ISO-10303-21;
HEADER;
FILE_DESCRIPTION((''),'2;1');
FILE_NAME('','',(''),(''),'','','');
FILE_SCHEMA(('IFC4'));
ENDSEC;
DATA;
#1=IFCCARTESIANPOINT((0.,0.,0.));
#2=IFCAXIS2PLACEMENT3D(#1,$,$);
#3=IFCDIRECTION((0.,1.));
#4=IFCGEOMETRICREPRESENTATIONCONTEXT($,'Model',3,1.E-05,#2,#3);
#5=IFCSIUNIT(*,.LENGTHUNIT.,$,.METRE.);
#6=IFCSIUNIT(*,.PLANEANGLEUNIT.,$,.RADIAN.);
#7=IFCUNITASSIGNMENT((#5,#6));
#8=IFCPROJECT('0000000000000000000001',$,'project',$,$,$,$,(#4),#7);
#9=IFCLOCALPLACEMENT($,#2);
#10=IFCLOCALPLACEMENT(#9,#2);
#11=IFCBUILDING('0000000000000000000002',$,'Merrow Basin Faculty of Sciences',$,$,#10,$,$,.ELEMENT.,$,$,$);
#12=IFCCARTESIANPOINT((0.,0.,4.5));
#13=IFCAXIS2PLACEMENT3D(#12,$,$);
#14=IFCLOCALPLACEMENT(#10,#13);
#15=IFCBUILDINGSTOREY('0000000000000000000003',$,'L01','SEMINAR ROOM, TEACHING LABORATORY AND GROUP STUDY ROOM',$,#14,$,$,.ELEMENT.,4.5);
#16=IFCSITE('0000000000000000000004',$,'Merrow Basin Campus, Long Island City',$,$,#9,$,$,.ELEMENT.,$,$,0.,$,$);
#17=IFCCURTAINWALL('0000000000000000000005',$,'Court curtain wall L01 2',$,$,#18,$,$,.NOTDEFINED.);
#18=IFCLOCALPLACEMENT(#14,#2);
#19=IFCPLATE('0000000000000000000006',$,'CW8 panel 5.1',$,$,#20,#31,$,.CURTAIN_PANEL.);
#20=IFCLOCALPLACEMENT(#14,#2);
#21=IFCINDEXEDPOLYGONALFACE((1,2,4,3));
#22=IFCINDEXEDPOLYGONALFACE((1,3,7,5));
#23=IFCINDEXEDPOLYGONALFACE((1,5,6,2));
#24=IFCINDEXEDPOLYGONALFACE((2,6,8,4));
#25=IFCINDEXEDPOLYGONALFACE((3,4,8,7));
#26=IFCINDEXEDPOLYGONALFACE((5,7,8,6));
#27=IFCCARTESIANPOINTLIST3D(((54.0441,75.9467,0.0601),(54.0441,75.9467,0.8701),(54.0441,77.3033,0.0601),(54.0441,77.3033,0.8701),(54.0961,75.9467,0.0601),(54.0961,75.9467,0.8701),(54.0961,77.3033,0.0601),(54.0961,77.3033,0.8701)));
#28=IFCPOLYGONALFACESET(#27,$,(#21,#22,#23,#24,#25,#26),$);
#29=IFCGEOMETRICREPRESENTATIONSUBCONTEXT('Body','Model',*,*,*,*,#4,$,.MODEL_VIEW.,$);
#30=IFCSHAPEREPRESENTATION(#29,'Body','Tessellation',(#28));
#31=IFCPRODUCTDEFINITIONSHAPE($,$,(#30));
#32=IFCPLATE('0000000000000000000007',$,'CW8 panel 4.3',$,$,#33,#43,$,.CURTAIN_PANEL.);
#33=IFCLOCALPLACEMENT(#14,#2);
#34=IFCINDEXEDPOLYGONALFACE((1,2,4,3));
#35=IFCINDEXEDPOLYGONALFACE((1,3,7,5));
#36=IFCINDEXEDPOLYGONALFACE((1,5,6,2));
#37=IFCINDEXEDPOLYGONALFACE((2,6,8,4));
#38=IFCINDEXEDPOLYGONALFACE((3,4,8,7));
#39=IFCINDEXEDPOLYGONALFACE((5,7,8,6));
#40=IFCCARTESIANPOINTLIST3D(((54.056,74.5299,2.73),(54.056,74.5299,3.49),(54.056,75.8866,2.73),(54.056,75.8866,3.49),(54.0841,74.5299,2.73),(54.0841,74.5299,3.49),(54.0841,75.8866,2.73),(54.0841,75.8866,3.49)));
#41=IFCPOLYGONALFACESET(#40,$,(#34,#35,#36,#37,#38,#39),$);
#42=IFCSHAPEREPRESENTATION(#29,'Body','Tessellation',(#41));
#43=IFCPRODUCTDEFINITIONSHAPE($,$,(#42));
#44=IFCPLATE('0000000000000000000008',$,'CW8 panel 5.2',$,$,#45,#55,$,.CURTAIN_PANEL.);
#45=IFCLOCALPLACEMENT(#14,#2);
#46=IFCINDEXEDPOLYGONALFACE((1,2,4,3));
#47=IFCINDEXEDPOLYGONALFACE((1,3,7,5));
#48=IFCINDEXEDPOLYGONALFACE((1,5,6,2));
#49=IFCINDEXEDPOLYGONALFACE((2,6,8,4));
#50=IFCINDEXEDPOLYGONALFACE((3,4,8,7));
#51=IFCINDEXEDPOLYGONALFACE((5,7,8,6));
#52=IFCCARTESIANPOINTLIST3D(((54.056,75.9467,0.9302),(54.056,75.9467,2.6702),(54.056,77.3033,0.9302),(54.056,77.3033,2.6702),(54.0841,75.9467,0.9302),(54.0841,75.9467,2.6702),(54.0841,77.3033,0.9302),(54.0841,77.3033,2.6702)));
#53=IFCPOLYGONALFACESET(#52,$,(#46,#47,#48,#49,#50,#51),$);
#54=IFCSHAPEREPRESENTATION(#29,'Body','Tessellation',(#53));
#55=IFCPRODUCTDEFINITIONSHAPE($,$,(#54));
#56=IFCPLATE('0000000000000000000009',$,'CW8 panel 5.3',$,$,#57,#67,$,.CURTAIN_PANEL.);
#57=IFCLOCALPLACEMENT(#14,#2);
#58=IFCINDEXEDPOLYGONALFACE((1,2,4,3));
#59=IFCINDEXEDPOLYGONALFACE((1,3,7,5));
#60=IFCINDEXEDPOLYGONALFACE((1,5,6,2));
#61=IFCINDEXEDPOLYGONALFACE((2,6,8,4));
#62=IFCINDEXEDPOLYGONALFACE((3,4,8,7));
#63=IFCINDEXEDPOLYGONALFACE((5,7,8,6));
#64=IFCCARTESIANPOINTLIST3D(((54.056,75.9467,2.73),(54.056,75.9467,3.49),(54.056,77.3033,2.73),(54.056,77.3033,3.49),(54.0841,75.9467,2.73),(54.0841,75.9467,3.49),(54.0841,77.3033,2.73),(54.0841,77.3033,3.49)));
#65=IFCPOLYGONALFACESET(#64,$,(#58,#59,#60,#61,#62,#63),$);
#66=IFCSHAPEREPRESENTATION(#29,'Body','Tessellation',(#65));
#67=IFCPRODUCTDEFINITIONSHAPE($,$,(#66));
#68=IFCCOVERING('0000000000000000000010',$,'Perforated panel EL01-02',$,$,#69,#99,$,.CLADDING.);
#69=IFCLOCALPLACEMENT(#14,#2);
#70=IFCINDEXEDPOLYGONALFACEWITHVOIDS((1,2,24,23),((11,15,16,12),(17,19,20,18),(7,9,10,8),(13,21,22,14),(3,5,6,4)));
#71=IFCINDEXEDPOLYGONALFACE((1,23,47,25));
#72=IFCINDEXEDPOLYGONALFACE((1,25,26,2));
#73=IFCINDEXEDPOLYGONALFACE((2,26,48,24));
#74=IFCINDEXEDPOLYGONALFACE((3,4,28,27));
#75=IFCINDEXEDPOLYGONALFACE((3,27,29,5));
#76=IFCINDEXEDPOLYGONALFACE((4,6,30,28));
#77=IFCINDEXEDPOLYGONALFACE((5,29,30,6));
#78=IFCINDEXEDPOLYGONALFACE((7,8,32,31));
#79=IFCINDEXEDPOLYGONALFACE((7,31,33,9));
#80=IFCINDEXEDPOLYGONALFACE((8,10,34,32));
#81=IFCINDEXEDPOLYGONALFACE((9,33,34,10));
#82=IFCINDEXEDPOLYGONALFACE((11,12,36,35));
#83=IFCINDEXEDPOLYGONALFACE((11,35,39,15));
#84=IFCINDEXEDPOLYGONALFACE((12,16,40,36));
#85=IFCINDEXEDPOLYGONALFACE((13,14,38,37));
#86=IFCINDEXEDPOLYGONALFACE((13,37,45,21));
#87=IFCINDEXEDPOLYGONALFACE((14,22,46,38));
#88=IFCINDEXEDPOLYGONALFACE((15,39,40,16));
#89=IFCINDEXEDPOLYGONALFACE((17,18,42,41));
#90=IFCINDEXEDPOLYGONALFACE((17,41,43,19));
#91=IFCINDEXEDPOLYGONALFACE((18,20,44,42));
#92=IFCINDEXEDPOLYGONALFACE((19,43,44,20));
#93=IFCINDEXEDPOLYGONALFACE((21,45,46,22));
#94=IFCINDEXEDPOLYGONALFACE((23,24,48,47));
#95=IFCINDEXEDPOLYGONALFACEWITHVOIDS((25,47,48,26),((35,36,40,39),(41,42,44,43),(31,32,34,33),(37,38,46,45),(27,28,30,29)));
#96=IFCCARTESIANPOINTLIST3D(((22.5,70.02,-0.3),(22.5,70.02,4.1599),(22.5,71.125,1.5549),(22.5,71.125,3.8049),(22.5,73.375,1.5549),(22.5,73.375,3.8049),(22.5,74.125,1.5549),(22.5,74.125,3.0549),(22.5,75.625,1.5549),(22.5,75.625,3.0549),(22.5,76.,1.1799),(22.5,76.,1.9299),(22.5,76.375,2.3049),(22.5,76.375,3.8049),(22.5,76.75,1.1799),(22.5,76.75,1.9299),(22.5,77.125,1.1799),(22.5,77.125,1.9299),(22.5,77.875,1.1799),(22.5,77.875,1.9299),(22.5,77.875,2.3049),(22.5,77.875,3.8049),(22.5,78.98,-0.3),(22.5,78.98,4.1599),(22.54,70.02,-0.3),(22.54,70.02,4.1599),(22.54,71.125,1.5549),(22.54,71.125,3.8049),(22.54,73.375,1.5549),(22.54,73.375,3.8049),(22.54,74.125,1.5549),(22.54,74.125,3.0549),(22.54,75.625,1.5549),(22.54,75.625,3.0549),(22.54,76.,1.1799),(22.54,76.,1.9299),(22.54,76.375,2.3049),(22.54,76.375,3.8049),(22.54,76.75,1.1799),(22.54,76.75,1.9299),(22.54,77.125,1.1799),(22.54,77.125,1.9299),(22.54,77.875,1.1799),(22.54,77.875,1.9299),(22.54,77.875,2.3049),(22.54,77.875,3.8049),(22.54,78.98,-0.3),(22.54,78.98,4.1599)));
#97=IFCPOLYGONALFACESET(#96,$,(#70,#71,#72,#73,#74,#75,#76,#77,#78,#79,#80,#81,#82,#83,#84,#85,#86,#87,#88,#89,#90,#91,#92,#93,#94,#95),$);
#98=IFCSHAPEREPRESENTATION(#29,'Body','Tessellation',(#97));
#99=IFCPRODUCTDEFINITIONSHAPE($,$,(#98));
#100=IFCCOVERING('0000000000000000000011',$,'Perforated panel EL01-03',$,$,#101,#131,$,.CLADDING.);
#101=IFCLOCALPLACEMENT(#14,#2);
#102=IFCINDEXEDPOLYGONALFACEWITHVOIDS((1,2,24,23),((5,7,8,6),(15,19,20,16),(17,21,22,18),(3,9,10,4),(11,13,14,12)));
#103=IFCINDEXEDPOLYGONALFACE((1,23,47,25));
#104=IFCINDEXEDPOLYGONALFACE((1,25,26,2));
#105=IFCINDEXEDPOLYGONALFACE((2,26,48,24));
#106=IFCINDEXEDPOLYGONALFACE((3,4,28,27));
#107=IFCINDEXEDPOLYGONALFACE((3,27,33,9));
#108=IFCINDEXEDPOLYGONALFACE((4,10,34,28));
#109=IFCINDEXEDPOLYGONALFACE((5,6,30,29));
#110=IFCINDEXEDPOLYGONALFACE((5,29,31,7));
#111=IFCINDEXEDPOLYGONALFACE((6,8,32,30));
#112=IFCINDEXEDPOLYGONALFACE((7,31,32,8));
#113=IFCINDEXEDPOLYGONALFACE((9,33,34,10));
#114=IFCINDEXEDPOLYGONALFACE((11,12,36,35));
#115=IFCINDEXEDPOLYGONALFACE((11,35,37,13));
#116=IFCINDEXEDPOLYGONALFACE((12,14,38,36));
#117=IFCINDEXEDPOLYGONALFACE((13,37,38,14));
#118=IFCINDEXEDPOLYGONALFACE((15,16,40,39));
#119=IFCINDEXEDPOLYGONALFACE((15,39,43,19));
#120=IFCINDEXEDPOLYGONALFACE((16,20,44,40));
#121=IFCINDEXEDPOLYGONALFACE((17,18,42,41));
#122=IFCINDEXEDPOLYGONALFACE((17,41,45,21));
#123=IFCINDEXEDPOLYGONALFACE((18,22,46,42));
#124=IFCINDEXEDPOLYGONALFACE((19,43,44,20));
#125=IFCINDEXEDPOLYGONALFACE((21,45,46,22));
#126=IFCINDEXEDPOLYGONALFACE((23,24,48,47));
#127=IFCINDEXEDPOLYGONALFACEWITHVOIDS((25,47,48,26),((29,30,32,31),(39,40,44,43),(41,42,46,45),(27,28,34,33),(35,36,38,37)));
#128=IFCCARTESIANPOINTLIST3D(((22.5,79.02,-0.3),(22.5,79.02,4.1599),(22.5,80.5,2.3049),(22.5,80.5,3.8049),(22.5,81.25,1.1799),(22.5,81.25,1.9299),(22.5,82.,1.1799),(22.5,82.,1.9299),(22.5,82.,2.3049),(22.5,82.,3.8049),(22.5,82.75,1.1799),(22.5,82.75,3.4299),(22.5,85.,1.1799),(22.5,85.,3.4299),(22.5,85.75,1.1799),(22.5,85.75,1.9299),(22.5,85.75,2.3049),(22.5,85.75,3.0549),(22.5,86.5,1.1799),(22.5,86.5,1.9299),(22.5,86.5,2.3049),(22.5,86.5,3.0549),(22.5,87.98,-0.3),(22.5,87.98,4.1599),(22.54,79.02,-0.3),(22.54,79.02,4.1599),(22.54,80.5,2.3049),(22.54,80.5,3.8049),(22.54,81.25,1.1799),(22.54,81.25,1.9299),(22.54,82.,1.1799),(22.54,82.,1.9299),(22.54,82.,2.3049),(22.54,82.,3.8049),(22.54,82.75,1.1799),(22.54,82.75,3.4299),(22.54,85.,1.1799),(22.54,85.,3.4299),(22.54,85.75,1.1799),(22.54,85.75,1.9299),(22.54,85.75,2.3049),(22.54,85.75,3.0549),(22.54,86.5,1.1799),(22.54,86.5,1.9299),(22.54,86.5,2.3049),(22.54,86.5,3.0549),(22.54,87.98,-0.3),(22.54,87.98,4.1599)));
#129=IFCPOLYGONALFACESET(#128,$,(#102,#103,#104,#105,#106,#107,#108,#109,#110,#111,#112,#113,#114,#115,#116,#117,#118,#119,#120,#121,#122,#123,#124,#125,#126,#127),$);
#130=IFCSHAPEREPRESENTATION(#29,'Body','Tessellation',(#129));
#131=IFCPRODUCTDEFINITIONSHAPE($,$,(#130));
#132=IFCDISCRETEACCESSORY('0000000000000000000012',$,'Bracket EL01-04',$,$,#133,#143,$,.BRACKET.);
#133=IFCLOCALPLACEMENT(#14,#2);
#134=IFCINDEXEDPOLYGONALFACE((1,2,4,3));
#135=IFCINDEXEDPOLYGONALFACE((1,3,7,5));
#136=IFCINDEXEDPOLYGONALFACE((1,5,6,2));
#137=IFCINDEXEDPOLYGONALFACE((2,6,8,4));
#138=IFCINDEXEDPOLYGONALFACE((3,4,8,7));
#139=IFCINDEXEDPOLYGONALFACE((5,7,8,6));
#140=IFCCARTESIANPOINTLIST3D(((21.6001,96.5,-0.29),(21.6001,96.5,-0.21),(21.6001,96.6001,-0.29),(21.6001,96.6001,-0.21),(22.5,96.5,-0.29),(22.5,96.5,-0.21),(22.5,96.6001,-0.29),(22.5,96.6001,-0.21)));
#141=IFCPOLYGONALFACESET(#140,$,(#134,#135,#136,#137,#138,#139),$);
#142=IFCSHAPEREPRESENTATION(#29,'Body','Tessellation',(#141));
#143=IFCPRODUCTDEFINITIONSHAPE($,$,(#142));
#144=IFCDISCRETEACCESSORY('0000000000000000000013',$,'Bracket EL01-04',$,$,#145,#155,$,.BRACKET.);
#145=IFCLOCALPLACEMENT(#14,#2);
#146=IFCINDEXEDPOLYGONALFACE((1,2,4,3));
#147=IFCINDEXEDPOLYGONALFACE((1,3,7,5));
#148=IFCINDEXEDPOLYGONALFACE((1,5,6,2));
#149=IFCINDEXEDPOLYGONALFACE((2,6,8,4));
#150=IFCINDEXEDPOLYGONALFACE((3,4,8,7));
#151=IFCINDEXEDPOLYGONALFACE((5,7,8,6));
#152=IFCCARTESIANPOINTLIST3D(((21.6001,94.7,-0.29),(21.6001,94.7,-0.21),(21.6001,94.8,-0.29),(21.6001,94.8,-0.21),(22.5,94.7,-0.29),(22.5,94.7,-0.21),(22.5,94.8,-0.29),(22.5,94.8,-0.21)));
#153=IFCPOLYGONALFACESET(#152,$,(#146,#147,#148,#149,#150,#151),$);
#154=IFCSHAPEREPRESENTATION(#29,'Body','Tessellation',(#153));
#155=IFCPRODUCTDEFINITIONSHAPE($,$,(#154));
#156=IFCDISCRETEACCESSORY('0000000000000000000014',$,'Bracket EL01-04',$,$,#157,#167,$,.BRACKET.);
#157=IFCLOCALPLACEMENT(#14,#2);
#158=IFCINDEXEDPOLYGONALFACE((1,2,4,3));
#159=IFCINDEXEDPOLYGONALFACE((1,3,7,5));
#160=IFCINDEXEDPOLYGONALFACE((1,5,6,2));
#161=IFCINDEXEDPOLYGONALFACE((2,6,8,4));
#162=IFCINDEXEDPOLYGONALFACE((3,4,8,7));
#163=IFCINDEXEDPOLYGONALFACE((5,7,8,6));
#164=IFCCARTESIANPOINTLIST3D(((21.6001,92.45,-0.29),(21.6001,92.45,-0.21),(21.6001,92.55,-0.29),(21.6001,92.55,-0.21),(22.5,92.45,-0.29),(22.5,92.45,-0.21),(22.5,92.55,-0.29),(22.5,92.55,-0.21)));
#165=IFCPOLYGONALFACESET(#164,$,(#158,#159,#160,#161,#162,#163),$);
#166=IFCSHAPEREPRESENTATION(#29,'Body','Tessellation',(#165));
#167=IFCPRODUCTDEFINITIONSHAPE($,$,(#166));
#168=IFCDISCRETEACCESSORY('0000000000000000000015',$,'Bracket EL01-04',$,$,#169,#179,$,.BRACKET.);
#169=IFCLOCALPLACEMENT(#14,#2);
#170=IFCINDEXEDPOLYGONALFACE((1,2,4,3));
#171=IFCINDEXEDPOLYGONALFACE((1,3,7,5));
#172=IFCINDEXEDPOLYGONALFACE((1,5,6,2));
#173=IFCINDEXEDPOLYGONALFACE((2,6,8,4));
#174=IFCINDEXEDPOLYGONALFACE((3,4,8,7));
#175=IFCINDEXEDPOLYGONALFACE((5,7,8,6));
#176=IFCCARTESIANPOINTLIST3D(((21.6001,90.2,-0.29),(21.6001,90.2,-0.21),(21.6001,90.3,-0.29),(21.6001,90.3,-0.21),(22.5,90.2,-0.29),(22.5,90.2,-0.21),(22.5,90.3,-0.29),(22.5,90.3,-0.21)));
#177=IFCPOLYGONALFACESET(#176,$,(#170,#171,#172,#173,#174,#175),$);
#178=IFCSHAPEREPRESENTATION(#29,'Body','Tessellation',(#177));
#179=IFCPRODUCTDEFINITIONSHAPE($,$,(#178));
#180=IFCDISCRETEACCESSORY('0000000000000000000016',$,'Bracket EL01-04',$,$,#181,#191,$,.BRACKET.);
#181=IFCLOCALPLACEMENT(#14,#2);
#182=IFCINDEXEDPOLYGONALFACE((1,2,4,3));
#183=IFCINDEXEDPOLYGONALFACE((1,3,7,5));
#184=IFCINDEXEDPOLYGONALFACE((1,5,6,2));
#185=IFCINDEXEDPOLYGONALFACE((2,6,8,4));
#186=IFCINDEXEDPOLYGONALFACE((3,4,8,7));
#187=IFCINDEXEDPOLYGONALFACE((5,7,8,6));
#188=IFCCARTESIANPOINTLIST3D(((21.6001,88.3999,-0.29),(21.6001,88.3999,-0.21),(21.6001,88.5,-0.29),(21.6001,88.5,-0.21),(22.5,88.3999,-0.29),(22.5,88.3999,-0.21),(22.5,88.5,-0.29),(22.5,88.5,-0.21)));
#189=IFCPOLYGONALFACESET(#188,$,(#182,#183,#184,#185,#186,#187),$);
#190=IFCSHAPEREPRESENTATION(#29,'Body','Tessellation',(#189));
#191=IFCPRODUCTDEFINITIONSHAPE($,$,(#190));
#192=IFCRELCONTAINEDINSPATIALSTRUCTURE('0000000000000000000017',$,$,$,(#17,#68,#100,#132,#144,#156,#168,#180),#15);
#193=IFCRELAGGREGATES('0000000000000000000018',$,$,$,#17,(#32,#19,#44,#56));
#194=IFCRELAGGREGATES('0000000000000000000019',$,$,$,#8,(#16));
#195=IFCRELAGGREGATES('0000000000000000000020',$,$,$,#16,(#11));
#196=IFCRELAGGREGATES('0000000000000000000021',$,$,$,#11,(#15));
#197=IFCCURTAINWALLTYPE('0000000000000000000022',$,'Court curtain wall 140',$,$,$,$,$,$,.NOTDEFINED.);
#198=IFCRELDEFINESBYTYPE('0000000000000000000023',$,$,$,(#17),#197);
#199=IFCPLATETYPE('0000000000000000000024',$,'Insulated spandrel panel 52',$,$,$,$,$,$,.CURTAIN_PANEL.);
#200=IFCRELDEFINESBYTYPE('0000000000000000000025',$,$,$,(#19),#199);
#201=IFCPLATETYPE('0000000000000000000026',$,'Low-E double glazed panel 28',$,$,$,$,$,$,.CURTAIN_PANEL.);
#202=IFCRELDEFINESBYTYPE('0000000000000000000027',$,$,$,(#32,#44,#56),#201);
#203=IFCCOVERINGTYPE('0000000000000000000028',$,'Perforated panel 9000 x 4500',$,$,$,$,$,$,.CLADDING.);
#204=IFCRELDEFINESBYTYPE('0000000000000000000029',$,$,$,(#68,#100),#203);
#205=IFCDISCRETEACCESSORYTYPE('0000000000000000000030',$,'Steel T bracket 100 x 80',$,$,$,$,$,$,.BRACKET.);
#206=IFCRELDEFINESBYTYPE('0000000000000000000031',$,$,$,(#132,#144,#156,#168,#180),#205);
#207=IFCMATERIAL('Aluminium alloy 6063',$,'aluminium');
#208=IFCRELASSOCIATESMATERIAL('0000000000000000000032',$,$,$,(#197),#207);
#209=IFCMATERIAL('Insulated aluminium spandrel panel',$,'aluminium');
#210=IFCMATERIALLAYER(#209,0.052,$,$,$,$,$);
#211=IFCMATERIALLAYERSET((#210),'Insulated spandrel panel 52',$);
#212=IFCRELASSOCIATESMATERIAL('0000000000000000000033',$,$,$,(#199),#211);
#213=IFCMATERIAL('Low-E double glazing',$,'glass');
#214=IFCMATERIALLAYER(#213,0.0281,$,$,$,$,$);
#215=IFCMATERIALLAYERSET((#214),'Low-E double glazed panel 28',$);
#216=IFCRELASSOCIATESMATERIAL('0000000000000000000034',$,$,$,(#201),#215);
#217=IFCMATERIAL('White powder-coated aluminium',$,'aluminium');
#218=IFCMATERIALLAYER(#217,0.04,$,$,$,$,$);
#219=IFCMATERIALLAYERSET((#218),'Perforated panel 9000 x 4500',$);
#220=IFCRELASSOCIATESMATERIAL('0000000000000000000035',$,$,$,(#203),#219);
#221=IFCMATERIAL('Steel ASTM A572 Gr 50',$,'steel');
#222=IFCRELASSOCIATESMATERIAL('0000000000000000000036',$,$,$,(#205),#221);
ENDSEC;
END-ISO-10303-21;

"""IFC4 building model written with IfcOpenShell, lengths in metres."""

from ifc_helpers import new_model, si_unit, direction, frame, origin, origin_2d, place, context, subcontext, project, spatial, polyline, rectangle, outline, extrude, source, transform, mapped, material, layer, layer_set, type_object, element, aggregate, save


model = new_model("IFC4")

# Units and contexts
model_context = context("Model", 3, precision=1e-05, world=origin(), true_north=direction((0.0, 1.0)))
body_context = subcontext(model_context, "Body", "Model", "MODEL_VIEW")
ifc_project = project(units=[si_unit("LENGTHUNIT", "METRE"), si_unit("PLANEANGLEUNIT", "RADIAN")], contexts=[model_context])

# Site, building, storey
site_placement = place(None, origin())
site = spatial("IfcSite", under=ifc_project, at=site_placement, Name="Merrow Basin Campus, Long Island City", CompositionType="ELEMENT", RefElevation=0.0)
building_placement = place(site_placement, origin())
building = spatial("IfcBuilding", under=site, at=building_placement, Name="Merrow Basin Faculty of Sciences", CompositionType="ELEMENT")
storey_placement = place(building_placement, frame((0.0, 0.0, 4.5)))
storey = spatial("IfcBuildingStorey", under=building, at=storey_placement, Name="L01", Description="SEMINAR ROOM, TEACHING LABORATORY AND GROUP STUDY ROOM", CompositionType="ELEMENT", Elevation=4.5)

# Curtain wall
ifc_material_1 = material(Name="Aluminium alloy 6063", Category="aluminium")
curtain_wall_type = type_object("IfcCurtainWallType", Name="Court curtain wall 140", PredefinedType="NOTDEFINED", material=ifc_material_1)
curtain_wall_placement = place(storey_placement, origin())
curtain_wall = element("IfcCurtainWall", 1, at=curtain_wall_placement, inside=storey, type_object=curtain_wall_type, Name="Court curtain wall L01 2", PredefinedType="NOTDEFINED")

# Plates
ifc_material_2 = material(Name="Insulated aluminium spandrel panel", Category="aluminium")
ifc_layer_1 = layer(ifc_material_2, 0.052)
ifc_layer_set_1 = layer_set([ifc_layer_1], Name="Insulated spandrel panel 52")
plate_type_1 = type_object("IfcPlateType", Name="Insulated spandrel panel 52", PredefinedType="CURTAIN_PANEL", material=ifc_layer_set_1)
plate_1_placement = place(storey_placement, frame((54.0701, 76.625, 0.0601), z_axis=(0.0, 0.0, 1.0), x_axis=(0.0, 1.0, 0.0)))
plate_1 = element("IfcPlate", 2, at=plate_1_placement, type_object=plate_type_1, Name="CW8 panel 5.1", PredefinedType="CURTAIN_PANEL", context=body_context, shape_type="SweptSolid", body=[
    extrude(rectangle(XDim=1.3567, YDim=0.052, at=origin_2d()), origin(), (0.0, 0.0, 1.0), 0.8101),
])
ifc_material_3 = material(Name="Low-E double glazing", Category="glass")
ifc_layer_2 = layer(ifc_material_3, 0.0281)
ifc_layer_set_2 = layer_set([ifc_layer_2], Name="Low-E double glazed panel 28")
plate_type_2 = type_object("IfcPlateType", Name="Low-E double glazed panel 28", PredefinedType="CURTAIN_PANEL", material=ifc_layer_set_2)
plate_2_placement = place(storey_placement, frame((54.0701, 75.2083, 2.73), z_axis=(0.0, 0.0, 1.0), x_axis=(0.0, 1.0, 0.0)))
plate_2 = element("IfcPlate", 3, at=plate_2_placement, type_object=plate_type_2, Name="CW8 panel 4.3", PredefinedType="CURTAIN_PANEL", context=body_context, shape_type="SweptSolid", body=[
    extrude(rectangle(XDim=1.3567, YDim=0.0281, at=origin_2d()), origin(), (0.0, 0.0, 1.0), 0.76),
])
plate_3_placement = place(storey_placement, frame((54.0701, 76.625, 0.9302), z_axis=(0.0, 0.0, 1.0), x_axis=(0.0, 1.0, 0.0)))
plate_3 = element("IfcPlate", 4, at=plate_3_placement, type_object=plate_type_2, Name="CW8 panel 5.2", PredefinedType="CURTAIN_PANEL", context=body_context, shape_type="SweptSolid", body=[
    extrude(rectangle(XDim=1.3567, YDim=0.0281, at=origin_2d()), origin(), (0.0, 0.0, 1.0), 1.74),
])
plate_4_placement = place(storey_placement, frame((54.0701, 76.625, 2.73), z_axis=(0.0, 0.0, 1.0), x_axis=(0.0, 1.0, 0.0)))
plate_4 = element("IfcPlate", 5, at=plate_4_placement, type_object=plate_type_2, Name="CW8 panel 5.3", PredefinedType="CURTAIN_PANEL", context=body_context, shape_type="SweptSolid", body=[
    extrude(rectangle(XDim=1.3567, YDim=0.0281, at=origin_2d()), origin(), (0.0, 0.0, 1.0), 0.76),
])
aggregate(curtain_wall, [plate_2, plate_1, plate_3, plate_4])

# Coverings
ifc_material_4 = material(Name="White powder-coated aluminium", Category="aluminium")
ifc_layer_3 = layer(ifc_material_4, 0.04)
ifc_layer_set_3 = layer_set([ifc_layer_3], Name="Perforated panel 9000 x 4500")
covering_type = type_object("IfcCoveringType", Name="Perforated panel 9000 x 4500", PredefinedType="CLADDING", material=ifc_layer_set_3)
shared_shape_1 = source(origin(), body_context, "Body", "SweptSolid", [
    extrude(outline(polyline([(0.02, 0.02), (8.98, 0.02), (8.98, 4.48), (0.02, 4.48), (0.02, 0.02)]), holes=[polyline([(2.25, 1.5), (3.0, 1.5), (3.0, 2.25), (2.25, 2.25), (2.25, 1.5)]), polyline([(1.125, 1.5), (1.875, 1.5), (1.875, 2.25), (1.125, 2.25), (1.125, 1.5)]), polyline([(5.625, 1.875), (7.875, 1.875), (7.875, 4.125), (5.625, 4.125), (5.625, 1.875)]), polyline([(3.375, 1.875), (4.875, 1.875), (4.875, 3.375), (3.375, 3.375), (3.375, 1.875)]), polyline([(1.125, 2.625), (2.625, 2.625), (2.625, 4.125), (1.125, 4.125), (1.125, 2.625)])]), origin(), (0.0, 0.0, 1.0), 0.04),
])
covering_1_placement = place(storey_placement, frame((22.54, 79.0, -0.3201), z_axis=(-1.0, 0.0, 0.0), x_axis=(0.0, -1.0, 0.0)))
element("IfcCovering", 6, at=covering_1_placement, inside=storey, type_object=covering_type, Name="Perforated panel EL01-02", PredefinedType="CLADDING", context=body_context, shape_type="MappedRepresentation", body=[
    mapped(shared_shape_1, transform((0.0, 0.0, 0.0), scale=1.0)),
])
shared_shape_2 = source(origin(), body_context, "Body", "SweptSolid", [
    extrude(outline(polyline([(0.02, 0.02), (8.98, 0.02), (8.98, 4.48), (0.02, 4.48), (0.02, 0.02)]), holes=[polyline([(6.0, 1.5), (6.75, 1.5), (6.75, 2.25), (6.0, 2.25), (6.0, 1.5)]), polyline([(3.0, 1.5), (5.25, 1.5), (5.25, 3.75), (3.0, 3.75), (3.0, 1.5)]), polyline([(1.5, 1.5), (2.25, 1.5), (2.25, 2.25), (1.5, 2.25), (1.5, 1.5)]), polyline([(6.0, 2.625), (7.5, 2.625), (7.5, 4.125), (6.0, 4.125), (6.0, 2.625)]), polyline([(1.5, 2.625), (2.25, 2.625), (2.25, 3.375), (1.5, 3.375), (1.5, 2.625)])]), origin(), (0.0, 0.0, 1.0), 0.04),
])
covering_2_placement = place(storey_placement, frame((22.54, 88.0, -0.3201), z_axis=(-1.0, 0.0, 0.0), x_axis=(0.0, -1.0, 0.0)))
element("IfcCovering", 7, at=covering_2_placement, inside=storey, type_object=covering_type, Name="Perforated panel EL01-03", PredefinedType="CLADDING", context=body_context, shape_type="MappedRepresentation", body=[
    mapped(shared_shape_2, transform((0.0, 0.0, 0.0), scale=1.0)),
])

# Discrete accessories
ifc_material_5 = material(Name="Steel ASTM A572 Gr 50", Category="steel")
discrete_accessory_type = type_object("IfcDiscreteAccessoryType", Name="Steel T bracket 100 x 80", PredefinedType="BRACKET", material=ifc_material_5)
shared_shape_3 = source(origin(), body_context, "Body", "SweptSolid", [
    extrude(outline(polyline([(0.0, 0.0), (0.1001, 0.0), (0.1001, 0.0801), (0.0, 0.0801), (0.0, 0.0)])), origin(), (0.0, 0.0, 1.0), 0.8999),
])
for number, where, z_axis, x_axis, name in (
    (8, (22.5, 96.6001, -0.29), (-1.0, 0.0, 0.0), (0.0, -1.0, 0.0), "Bracket EL01-04"),
    (9, (22.5, 94.8, -0.29), (-1.0, 0.0, 0.0), (0.0, -1.0, 0.0), "Bracket EL01-04"),
    (10, (22.5, 92.55, -0.29), (-1.0, 0.0, 0.0), (0.0, -1.0, 0.0), "Bracket EL01-04"),
    (11, (22.5, 90.3, -0.29), (-1.0, 0.0, 0.0), (0.0, -1.0, 0.0), "Bracket EL01-04"),
    (12, (22.5, 88.5, -0.29), (-1.0, 0.0, 0.0), (0.0, -1.0, 0.0), "Bracket EL01-04"),
):
    element("IfcDiscreteAccessory", number, at=place(storey_placement, frame(where, z_axis=z_axis, x_axis=x_axis)), inside=storey, type_object=discrete_accessory_type, Name=name, PredefinedType="BRACKET", context=body_context, shape_type="MappedRepresentation", body=[
        mapped(shared_shape_3, transform((0.0, 0.0, 0.0), scale=1.0)),
    ])

save(model, "model.ifc")
